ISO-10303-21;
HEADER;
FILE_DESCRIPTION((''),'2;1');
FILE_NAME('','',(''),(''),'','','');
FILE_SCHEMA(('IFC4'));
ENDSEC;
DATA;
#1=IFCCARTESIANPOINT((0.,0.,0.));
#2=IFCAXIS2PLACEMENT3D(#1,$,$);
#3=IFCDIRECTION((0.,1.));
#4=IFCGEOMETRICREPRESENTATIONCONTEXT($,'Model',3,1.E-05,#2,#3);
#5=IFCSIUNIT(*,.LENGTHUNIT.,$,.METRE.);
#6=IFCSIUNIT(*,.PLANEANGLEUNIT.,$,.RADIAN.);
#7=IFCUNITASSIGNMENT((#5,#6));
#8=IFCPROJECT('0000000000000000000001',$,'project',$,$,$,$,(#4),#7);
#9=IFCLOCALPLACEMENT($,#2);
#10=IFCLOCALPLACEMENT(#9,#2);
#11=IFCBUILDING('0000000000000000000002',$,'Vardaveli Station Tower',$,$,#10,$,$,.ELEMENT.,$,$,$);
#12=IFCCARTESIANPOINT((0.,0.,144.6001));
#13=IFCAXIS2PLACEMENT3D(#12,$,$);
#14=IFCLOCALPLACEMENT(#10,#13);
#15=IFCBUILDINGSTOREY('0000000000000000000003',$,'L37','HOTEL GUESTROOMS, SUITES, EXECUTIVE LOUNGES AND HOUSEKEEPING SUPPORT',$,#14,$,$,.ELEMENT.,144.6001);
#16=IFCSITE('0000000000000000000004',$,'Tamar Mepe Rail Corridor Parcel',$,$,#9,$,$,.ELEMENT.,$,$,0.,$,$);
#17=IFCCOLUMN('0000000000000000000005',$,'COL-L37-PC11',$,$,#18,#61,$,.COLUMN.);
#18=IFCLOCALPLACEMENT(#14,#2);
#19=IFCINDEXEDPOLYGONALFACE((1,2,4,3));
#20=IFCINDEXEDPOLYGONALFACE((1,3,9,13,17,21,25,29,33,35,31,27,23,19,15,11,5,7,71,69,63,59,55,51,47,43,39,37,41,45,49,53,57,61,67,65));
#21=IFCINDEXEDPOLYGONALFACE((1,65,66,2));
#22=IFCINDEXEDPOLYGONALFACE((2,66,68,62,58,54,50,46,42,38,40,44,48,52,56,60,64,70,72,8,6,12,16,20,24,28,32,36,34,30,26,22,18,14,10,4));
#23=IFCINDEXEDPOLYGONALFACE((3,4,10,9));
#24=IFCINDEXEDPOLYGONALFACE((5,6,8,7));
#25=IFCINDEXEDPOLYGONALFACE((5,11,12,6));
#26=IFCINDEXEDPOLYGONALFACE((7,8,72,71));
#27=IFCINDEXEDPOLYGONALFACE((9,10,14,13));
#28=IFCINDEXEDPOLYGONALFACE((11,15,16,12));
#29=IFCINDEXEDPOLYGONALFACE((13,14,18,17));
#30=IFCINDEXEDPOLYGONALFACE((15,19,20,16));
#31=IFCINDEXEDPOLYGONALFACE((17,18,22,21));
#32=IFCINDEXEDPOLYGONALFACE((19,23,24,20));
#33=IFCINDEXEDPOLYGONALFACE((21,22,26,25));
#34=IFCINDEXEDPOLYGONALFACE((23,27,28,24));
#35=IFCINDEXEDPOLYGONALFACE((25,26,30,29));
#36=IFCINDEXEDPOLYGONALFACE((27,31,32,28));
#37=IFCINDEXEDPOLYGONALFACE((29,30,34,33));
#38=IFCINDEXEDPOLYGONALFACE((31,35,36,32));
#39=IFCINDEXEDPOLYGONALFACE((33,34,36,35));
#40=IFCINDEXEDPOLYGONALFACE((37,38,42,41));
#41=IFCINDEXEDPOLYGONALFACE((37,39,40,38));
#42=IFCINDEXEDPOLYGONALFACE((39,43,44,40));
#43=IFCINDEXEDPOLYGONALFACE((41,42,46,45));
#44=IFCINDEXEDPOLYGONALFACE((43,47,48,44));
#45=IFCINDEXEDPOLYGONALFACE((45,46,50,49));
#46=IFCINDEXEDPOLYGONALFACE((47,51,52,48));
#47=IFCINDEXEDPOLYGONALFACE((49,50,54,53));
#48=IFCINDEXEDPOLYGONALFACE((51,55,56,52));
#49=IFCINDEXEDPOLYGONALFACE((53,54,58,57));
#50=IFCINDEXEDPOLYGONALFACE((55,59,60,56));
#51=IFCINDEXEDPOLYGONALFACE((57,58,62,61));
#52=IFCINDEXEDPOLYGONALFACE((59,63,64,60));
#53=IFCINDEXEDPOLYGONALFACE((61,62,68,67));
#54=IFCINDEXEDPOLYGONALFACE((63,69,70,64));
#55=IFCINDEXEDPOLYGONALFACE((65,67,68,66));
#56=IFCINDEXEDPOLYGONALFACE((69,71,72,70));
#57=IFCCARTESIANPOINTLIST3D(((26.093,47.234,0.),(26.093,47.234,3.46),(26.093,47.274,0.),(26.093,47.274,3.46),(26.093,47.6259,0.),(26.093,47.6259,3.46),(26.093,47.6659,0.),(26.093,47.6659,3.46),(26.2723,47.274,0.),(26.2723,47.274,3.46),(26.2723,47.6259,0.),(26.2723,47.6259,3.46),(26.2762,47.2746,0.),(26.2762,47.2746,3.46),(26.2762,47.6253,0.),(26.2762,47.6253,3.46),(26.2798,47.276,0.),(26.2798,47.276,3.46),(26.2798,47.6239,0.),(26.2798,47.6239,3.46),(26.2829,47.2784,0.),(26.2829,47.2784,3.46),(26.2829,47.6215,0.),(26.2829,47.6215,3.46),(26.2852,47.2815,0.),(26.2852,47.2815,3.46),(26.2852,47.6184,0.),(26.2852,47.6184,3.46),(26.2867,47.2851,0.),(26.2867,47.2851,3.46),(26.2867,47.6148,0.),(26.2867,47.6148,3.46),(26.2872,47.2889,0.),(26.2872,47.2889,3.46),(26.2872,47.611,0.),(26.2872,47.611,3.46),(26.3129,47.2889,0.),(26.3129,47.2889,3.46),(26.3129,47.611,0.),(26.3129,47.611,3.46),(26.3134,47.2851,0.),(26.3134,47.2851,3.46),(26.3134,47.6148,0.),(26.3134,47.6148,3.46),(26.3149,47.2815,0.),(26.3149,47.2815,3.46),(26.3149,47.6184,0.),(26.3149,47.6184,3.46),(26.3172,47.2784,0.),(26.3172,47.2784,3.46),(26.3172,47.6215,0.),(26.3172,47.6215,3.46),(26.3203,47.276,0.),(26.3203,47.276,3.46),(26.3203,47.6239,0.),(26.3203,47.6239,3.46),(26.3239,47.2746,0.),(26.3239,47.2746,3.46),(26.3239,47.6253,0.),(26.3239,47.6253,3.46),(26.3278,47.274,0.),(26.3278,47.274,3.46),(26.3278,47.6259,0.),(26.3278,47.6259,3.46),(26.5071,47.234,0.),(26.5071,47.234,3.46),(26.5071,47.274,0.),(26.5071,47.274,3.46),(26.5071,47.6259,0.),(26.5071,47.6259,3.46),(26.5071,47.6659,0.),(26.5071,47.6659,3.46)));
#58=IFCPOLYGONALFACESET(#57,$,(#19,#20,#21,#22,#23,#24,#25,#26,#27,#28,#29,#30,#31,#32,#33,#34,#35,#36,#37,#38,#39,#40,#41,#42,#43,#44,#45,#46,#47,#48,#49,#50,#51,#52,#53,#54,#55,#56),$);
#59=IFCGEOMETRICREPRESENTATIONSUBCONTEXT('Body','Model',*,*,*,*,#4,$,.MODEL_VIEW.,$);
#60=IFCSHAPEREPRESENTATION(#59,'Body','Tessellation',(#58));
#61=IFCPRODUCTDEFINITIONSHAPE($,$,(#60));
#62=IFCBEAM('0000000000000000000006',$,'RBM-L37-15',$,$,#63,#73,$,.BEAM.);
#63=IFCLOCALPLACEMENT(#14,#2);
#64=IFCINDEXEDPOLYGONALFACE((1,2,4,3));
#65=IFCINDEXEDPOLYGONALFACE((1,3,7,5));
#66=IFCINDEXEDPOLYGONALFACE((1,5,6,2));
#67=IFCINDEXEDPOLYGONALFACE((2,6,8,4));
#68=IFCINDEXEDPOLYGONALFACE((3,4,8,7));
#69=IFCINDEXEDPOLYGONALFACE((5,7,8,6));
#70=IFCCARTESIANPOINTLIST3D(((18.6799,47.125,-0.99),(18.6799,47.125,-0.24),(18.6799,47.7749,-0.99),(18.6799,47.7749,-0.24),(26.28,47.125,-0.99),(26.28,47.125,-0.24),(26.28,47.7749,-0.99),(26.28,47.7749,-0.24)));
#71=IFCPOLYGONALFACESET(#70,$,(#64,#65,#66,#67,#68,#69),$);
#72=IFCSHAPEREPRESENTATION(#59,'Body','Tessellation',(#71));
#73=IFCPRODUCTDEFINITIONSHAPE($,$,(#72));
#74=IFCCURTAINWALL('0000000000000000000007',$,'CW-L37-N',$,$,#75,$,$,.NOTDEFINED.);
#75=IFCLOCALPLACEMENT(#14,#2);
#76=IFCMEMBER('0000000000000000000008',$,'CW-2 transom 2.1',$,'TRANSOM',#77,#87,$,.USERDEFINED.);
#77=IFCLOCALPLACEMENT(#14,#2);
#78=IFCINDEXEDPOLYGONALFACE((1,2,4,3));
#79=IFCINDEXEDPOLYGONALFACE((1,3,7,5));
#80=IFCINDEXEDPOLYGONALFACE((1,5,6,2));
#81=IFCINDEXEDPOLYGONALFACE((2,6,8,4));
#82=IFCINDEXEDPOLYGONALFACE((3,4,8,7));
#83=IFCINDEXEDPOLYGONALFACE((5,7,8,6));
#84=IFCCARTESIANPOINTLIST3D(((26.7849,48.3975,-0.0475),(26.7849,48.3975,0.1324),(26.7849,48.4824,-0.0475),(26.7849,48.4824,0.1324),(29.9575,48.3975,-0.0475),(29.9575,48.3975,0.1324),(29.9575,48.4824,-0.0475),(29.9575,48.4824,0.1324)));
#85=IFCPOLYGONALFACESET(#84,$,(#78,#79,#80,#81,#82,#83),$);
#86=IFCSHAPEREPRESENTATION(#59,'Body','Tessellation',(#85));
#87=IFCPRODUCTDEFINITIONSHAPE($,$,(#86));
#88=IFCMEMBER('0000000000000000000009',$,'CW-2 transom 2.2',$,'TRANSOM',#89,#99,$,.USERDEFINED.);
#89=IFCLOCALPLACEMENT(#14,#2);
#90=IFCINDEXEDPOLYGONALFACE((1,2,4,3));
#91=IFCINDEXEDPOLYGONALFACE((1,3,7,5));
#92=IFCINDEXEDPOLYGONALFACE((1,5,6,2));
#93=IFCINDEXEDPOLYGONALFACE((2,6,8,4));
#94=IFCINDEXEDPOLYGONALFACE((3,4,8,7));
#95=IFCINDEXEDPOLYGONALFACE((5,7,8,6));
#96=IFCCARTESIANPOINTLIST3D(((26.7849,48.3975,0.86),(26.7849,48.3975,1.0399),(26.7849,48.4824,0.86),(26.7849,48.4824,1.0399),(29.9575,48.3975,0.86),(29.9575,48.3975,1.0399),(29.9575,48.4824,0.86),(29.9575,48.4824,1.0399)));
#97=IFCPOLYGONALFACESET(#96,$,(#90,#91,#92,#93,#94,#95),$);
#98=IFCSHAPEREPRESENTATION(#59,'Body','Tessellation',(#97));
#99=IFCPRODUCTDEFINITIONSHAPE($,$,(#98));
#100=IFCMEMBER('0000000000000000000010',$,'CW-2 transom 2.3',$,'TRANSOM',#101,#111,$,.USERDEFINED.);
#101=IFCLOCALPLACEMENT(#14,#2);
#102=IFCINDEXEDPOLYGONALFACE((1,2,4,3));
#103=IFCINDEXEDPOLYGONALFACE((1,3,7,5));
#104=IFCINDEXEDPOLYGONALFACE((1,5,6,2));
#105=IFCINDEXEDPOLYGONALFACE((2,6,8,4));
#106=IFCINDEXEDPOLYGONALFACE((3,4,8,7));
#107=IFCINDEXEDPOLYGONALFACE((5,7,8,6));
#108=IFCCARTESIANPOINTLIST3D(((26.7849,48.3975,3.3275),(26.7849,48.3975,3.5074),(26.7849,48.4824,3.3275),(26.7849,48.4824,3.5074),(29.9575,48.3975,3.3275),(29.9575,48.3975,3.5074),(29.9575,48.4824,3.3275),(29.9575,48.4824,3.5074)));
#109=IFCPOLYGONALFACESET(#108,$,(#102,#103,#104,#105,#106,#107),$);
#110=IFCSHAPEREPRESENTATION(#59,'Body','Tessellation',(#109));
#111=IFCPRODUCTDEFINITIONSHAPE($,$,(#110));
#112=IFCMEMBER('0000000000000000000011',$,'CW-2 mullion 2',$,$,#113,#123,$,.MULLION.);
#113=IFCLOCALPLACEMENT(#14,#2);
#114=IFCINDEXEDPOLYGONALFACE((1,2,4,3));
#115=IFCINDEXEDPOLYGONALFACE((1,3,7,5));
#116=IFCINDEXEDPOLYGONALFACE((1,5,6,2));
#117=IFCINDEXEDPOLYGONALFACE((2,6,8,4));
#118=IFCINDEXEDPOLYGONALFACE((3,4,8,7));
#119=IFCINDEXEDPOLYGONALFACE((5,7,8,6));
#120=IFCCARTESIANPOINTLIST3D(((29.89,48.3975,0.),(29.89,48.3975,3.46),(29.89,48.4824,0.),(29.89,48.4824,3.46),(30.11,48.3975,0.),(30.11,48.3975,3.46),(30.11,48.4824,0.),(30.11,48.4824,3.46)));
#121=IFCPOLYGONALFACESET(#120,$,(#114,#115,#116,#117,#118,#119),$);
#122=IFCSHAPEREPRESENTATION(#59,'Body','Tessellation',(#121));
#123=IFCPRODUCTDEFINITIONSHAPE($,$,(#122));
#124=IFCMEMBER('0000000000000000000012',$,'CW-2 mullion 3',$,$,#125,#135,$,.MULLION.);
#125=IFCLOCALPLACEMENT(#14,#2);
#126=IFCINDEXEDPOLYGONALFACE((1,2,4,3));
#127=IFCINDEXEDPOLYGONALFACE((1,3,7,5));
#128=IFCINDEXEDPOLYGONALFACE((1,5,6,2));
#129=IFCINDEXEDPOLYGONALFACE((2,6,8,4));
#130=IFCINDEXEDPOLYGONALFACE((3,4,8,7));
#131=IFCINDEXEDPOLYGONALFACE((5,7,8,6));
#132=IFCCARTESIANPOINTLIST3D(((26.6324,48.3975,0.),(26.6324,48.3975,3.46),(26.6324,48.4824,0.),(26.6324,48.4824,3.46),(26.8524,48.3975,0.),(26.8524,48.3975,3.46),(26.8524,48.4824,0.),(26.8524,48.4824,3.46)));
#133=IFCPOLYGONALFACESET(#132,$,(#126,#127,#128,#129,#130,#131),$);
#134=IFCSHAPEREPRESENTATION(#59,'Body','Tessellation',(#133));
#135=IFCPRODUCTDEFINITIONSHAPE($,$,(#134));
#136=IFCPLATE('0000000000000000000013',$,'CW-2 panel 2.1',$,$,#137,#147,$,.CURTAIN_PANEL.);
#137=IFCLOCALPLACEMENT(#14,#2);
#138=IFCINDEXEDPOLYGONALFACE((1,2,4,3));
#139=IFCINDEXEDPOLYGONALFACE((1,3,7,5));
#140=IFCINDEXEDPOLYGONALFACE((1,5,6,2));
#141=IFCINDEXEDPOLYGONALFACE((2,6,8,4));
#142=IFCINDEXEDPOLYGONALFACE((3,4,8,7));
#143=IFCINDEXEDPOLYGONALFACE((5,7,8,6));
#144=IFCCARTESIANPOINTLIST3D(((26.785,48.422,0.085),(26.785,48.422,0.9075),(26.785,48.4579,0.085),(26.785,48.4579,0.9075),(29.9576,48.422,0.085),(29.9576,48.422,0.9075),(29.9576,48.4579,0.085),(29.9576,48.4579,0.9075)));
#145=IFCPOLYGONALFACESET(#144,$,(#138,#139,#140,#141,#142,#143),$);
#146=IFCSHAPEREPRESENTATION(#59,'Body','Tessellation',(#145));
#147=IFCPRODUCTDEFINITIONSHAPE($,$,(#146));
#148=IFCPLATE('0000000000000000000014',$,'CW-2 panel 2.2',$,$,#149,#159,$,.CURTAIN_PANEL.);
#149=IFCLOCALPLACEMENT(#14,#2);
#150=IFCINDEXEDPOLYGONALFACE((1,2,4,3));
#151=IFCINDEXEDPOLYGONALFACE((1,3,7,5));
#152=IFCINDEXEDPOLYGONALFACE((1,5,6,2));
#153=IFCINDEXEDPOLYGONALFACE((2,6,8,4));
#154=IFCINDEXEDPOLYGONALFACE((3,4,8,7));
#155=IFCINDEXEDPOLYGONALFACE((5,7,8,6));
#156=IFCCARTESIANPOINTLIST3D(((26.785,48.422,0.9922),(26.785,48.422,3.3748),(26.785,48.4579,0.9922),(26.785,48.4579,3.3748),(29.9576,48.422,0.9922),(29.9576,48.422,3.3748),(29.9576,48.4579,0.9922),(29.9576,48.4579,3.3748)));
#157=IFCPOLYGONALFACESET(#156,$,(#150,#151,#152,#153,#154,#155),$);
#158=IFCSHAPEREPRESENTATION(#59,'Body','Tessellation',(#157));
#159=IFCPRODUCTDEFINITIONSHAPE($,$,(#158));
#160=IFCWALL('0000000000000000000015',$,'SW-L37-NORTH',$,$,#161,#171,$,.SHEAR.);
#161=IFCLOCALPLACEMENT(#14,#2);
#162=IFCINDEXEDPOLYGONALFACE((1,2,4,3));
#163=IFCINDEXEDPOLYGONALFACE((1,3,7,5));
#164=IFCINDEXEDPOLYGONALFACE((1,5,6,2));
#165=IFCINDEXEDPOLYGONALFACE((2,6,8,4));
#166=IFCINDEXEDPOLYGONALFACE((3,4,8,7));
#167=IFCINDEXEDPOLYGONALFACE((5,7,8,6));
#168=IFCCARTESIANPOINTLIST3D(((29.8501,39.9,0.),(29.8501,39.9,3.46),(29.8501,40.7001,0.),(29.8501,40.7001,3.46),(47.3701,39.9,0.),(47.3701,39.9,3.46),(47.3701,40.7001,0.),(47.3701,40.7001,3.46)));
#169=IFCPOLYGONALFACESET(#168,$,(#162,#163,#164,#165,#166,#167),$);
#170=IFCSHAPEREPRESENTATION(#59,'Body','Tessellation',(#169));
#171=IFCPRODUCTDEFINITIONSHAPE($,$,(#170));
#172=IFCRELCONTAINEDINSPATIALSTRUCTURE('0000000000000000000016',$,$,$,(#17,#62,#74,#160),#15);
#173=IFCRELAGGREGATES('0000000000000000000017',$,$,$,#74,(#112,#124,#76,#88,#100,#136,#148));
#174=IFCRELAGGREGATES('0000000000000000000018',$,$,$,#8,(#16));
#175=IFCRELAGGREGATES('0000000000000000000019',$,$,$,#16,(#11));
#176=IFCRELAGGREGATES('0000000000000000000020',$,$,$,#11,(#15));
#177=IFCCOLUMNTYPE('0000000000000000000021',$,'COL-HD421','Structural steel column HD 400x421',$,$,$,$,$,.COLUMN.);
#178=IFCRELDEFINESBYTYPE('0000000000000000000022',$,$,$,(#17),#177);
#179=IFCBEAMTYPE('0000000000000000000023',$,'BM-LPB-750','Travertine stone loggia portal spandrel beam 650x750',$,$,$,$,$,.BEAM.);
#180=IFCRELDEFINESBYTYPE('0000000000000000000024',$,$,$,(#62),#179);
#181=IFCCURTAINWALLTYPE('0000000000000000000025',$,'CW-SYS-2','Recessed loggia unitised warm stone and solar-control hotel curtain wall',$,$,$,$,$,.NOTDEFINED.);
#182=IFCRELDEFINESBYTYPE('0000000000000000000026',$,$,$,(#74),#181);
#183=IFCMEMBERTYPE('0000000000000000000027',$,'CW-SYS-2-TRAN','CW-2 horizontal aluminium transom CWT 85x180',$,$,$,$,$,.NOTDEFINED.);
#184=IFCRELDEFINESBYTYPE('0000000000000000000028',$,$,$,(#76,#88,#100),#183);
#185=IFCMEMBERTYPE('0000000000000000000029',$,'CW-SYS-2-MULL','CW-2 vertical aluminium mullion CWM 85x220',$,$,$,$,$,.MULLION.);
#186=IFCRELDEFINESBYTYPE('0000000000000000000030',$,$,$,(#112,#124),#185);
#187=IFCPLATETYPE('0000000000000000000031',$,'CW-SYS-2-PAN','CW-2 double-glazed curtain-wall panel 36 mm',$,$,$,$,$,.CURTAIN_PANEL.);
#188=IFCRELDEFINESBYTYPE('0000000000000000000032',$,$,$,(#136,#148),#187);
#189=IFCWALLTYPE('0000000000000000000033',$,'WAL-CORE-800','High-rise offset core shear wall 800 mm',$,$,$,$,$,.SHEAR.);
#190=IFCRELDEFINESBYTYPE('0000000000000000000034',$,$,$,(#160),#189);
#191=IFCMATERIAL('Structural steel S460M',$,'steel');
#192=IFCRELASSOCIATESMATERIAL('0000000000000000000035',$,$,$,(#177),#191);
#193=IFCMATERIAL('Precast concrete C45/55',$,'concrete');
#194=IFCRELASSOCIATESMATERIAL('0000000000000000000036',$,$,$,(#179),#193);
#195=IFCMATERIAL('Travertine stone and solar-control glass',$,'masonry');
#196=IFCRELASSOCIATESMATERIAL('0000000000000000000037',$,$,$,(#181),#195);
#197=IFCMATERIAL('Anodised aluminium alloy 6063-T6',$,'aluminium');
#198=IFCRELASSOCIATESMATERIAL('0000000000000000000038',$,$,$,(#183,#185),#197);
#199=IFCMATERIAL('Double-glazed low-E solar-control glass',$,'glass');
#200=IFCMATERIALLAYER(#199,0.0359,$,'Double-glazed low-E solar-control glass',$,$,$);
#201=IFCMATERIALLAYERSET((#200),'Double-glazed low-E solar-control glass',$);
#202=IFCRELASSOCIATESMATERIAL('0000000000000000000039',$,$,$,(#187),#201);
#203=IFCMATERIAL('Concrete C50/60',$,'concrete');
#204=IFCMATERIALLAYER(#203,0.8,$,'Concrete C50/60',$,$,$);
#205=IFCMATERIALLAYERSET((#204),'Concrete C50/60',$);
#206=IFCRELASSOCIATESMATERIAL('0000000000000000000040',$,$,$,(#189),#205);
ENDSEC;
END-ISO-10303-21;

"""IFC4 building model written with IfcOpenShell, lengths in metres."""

from ifc_helpers import new_model, si_unit, direction, frame, frame_2d, origin, origin_2d, place, context, subcontext, project, spatial, rectangle, i_section, extrude, source, transform, mapped, material, layer, layer_set, material_profile, profile_set, type_object, element, aggregate, save


model = new_model("IFC4")

# Units and contexts
model_context = context("Model", 3, precision=1e-05, world=origin(), true_north=direction((0.0, 1.0)))
body_context = subcontext(model_context, "Body", "Model", "MODEL_VIEW")
ifc_project = project(units=[si_unit("LENGTHUNIT", "METRE"), si_unit("PLANEANGLEUNIT", "RADIAN")], contexts=[model_context])

# Site, building, storey
site_placement = place(None, origin())
site = spatial("IfcSite", under=ifc_project, at=site_placement, Name="Tamar Mepe Rail Corridor Parcel", CompositionType="ELEMENT", RefElevation=0.0)
building_placement = place(site_placement, origin())
building = spatial("IfcBuilding", under=site, at=building_placement, Name="Vardaveli Station Tower", CompositionType="ELEMENT")
storey_placement = place(building_placement, frame((0.0, 0.0, 144.6001)))
storey = spatial("IfcBuildingStorey", under=building, at=storey_placement, Name="L37", Description="HOTEL GUESTROOMS, SUITES, EXECUTIVE LOUNGES AND HOUSEKEEPING SUPPORT", CompositionType="ELEMENT", Elevation=144.6001)

# Column
ifc_material_1 = material(Name="Structural steel S460M", Category="steel")
ifc_material_profile_1 = material_profile(ifc_material_1, i_section(OverallWidth=0.4141, OverallDepth=0.4319, WebThickness=0.0256, FlangeThickness=0.04, FilletRadius=0.0149, at=origin_2d()), Name="HD 400x421")
ifc_profile_set_1 = profile_set([ifc_material_profile_1], Name="Structural steel S460M")
column_type = type_object("IfcColumnType", Name="COL-HD421", Description="Structural steel column HD 400x421", PredefinedType="COLUMN", material=ifc_profile_set_1)
shared_shape_1 = source(origin(), body_context, "Body", "SweptSolid", [
    extrude(i_section(OverallWidth=0.4141, OverallDepth=0.4319, WebThickness=0.0256, FlangeThickness=0.04, FilletRadius=0.0149, at=origin_2d()), origin(), (0.0, 0.0, 1.0), 3.46),
])
column_placement = place(storey_placement, frame((26.3, 47.45, 0.0), z_axis=(0.0, 0.0, 1.0), x_axis=(1.0, 0.0, 0.0)))
element("IfcColumn", 1, at=column_placement, inside=storey, type_object=column_type, Name="COL-L37-PC11", PredefinedType="COLUMN", context=body_context, shape_type="MappedRepresentation", body=[
    mapped(shared_shape_1, transform((0.0, 0.0, 0.0), scale=1.0)),
])

# Beam
ifc_material_2 = material(Name="Precast concrete C45/55", Category="concrete")
ifc_material_profile_2 = material_profile(ifc_material_2, rectangle(XDim=0.6499, YDim=0.75, at=origin_2d()), Name="LPB 650x750")
ifc_profile_set_2 = profile_set([ifc_material_profile_2], Name="Precast concrete C45/55")
beam_type = type_object("IfcBeamType", Name="BM-LPB-750", Description="Travertine stone loggia portal spandrel beam 650x750", PredefinedType="BEAM", material=ifc_profile_set_2)
shared_shape_2 = source(origin(), body_context, "Body", "SweptSolid", [
    extrude(rectangle(XDim=0.6499, YDim=0.75, at=origin_2d()), origin(), (0.0, 0.0, 1.0), 7.6001),
])
beam_placement = place(storey_placement, frame((26.28, 47.45, -0.615), z_axis=(-1.0, 0.0, 0.0), x_axis=(0.0, -1.0, 0.0)))
element("IfcBeam", 2, at=beam_placement, inside=storey, type_object=beam_type, Name="RBM-L37-15", PredefinedType="BEAM", context=body_context, shape_type="MappedRepresentation", body=[
    mapped(shared_shape_2, transform((0.0, 0.0, 0.0), scale=1.0)),
])

# Curtain wall, members, plates
ifc_material_3 = material(Name="Travertine stone and solar-control glass", Category="masonry")
curtain_wall_type = type_object("IfcCurtainWallType", Name="CW-SYS-2", Description="Recessed loggia unitised warm stone and solar-control hotel curtain wall", PredefinedType="NOTDEFINED", material=ifc_material_3)
curtain_wall_placement = place(storey_placement, origin())
curtain_wall = element("IfcCurtainWall", 3, at=curtain_wall_placement, inside=storey, type_object=curtain_wall_type, Name="CW-L37-N", PredefinedType="NOTDEFINED")
ifc_material_4 = material(Name="Anodised aluminium alloy 6063-T6", Category="aluminium")
ifc_material_profile_3 = material_profile(ifc_material_4, rectangle(XDim=0.085, YDim=0.1799, at=origin_2d()), Name="CWT 85x180")
ifc_profile_set_3 = profile_set([ifc_material_profile_3], Name="Anodised aluminium alloy 6063-T6")
member_type_1 = type_object("IfcMemberType", Name="CW-SYS-2-TRAN", Description="CW-2 horizontal aluminium transom CWT 85x180", PredefinedType="NOTDEFINED", material=ifc_profile_set_3)
shared_shape_3 = source(origin(), body_context, "Body", "SweptSolid", [
    extrude(rectangle(XDim=0.085, YDim=0.1799, at=origin_2d()), origin(), (0.0, 0.0, 1.0), 3.1726),
])
member_1_placement = place(storey_placement, frame((29.9575, 48.4399, 0.0425), z_axis=(-1.0, 0.0, 0.0), x_axis=(0.0, -1.0, 0.0)))
member_1 = element("IfcMember", 4, at=member_1_placement, type_object=member_type_1, Name="CW-2 transom 2.1", ObjectType="TRANSOM", PredefinedType="USERDEFINED", context=body_context, shape_type="MappedRepresentation", body=[
    mapped(shared_shape_3, transform((0.0, 0.0, 0.0), scale=1.0)),
])
member_2_placement = place(storey_placement, frame((29.9575, 48.4399, 0.95), z_axis=(-1.0, 0.0, 0.0), x_axis=(0.0, -1.0, 0.0)))
member_2 = element("IfcMember", 5, at=member_2_placement, type_object=member_type_1, Name="CW-2 transom 2.2", ObjectType="TRANSOM", PredefinedType="USERDEFINED", context=body_context, shape_type="MappedRepresentation", body=[
    mapped(shared_shape_3, transform((0.0, 0.0, 0.0), scale=1.0)),
])
member_3_placement = place(storey_placement, frame((29.9575, 48.4399, 3.4175), z_axis=(-1.0, 0.0, 0.0), x_axis=(0.0, -1.0, 0.0)))
member_3 = element("IfcMember", 6, at=member_3_placement, type_object=member_type_1, Name="CW-2 transom 2.3", ObjectType="TRANSOM", PredefinedType="USERDEFINED", context=body_context, shape_type="MappedRepresentation", body=[
    mapped(shared_shape_3, transform((0.0, 0.0, 0.0), scale=1.0)),
])
ifc_material_profile_4 = material_profile(ifc_material_4, rectangle(XDim=0.085, YDim=0.22, at=origin_2d()), Name="CWM 85x220")
ifc_profile_set_4 = profile_set([ifc_material_profile_4], Name="Anodised aluminium alloy 6063-T6")
member_type_2 = type_object("IfcMemberType", Name="CW-SYS-2-MULL", Description="CW-2 vertical aluminium mullion CWM 85x220", PredefinedType="MULLION", material=ifc_profile_set_4)
shared_shape_4 = source(origin(), body_context, "Body", "SweptSolid", [
    extrude(rectangle(XDim=0.085, YDim=0.22, at=origin_2d()), origin(), (0.0, 0.0, 1.0), 3.46),
])
member_4_placement = place(storey_placement, frame((30.0, 48.4399, 0.0), z_axis=(0.0, 0.0, 1.0), x_axis=(0.0, -1.0, 0.0)))
member_4 = element("IfcMember", 7, at=member_4_placement, type_object=member_type_2, Name="CW-2 mullion 2", PredefinedType="MULLION", context=body_context, shape_type="MappedRepresentation", body=[
    mapped(shared_shape_4, transform((0.0, 0.0, 0.0), scale=1.0)),
])
member_5_placement = place(storey_placement, frame((26.7424, 48.4399, 0.0), z_axis=(0.0, 0.0, 1.0), x_axis=(0.0, -1.0, 0.0)))
member_5 = element("IfcMember", 8, at=member_5_placement, type_object=member_type_2, Name="CW-2 mullion 3", PredefinedType="MULLION", context=body_context, shape_type="MappedRepresentation", body=[
    mapped(shared_shape_4, transform((0.0, 0.0, 0.0), scale=1.0)),
])
ifc_material_5 = material(Name="Double-glazed low-E solar-control glass", Category="glass")
ifc_layer_1 = layer(ifc_material_5, 0.0359, Name="Double-glazed low-E solar-control glass")
ifc_layer_set_1 = layer_set([ifc_layer_1], Name="Double-glazed low-E solar-control glass")
plate_type = type_object("IfcPlateType", Name="CW-SYS-2-PAN", Description="CW-2 double-glazed curtain-wall panel 36 mm", PredefinedType="CURTAIN_PANEL", material=ifc_layer_set_1)
shared_shape_5 = source(origin(), body_context, "Body", "SweptSolid", [
    extrude(rectangle(XDim=3.1726, YDim=0.0359, at=origin_2d()), origin(), (0.0, 0.0, 1.0), 0.8225),
])
plate_1_placement = place(storey_placement, frame((28.3713, 48.4399, 0.085), z_axis=(0.0, 0.0, 1.0), x_axis=(-1.0, 0.0, 0.0)))
plate_1 = element("IfcPlate", 9, at=plate_1_placement, type_object=plate_type, Name="CW-2 panel 2.1", PredefinedType="CURTAIN_PANEL", context=body_context, shape_type="MappedRepresentation", body=[
    mapped(shared_shape_5, transform((0.0, 0.0, 0.0), scale=1.0)),
])
shared_shape_6 = source(origin(), body_context, "Body", "SweptSolid", [
    extrude(rectangle(XDim=3.1726, YDim=0.0359, at=origin_2d()), origin(), (0.0, 0.0, 1.0), 2.3826),
])
plate_2_placement = place(storey_placement, frame((28.3713, 48.4399, 0.9922), z_axis=(0.0, 0.0, 1.0), x_axis=(-1.0, 0.0, 0.0)))
plate_2 = element("IfcPlate", 10, at=plate_2_placement, type_object=plate_type, Name="CW-2 panel 2.2", PredefinedType="CURTAIN_PANEL", context=body_context, shape_type="MappedRepresentation", body=[
    mapped(shared_shape_6, transform((0.0, 0.0, 0.0), scale=1.0)),
])
aggregate(curtain_wall, [member_4, member_5, member_1, member_2, member_3, plate_1, plate_2])

# Wall
ifc_material_6 = material(Name="Concrete C50/60", Category="concrete")
ifc_layer_2 = layer(ifc_material_6, 0.8, Name="Concrete C50/60")
ifc_layer_set_2 = layer_set([ifc_layer_2], Name="Concrete C50/60")
wall_type_1 = type_object("IfcWallType", Name="WAL-CORE-800", Description="High-rise offset core shear wall 800 mm", PredefinedType="SHEAR", material=ifc_layer_set_2)
shared_shape_7 = source(origin(), body_context, "Body", "SweptSolid", [
    extrude(rectangle(XDim=17.52, YDim=0.8, at=frame_2d((8.76, 0.0))), origin(), (0.0, 0.0, 1.0), 3.46),
])
wall_1_placement = place(storey_placement, frame((29.8501, 40.3, 0.0), z_axis=(0.0, 0.0, 1.0), x_axis=(1.0, 0.0, 0.0)))
element("IfcWall", 11, at=wall_1_placement, inside=storey, type_object=wall_type_1, Name="SW-L37-NORTH", PredefinedType="SHEAR", context=body_context, shape_type="MappedRepresentation", body=[
    mapped(shared_shape_7, transform((0.0, 0.0, 0.0), scale=1.0)),
])

save(model, "model.ifc")
